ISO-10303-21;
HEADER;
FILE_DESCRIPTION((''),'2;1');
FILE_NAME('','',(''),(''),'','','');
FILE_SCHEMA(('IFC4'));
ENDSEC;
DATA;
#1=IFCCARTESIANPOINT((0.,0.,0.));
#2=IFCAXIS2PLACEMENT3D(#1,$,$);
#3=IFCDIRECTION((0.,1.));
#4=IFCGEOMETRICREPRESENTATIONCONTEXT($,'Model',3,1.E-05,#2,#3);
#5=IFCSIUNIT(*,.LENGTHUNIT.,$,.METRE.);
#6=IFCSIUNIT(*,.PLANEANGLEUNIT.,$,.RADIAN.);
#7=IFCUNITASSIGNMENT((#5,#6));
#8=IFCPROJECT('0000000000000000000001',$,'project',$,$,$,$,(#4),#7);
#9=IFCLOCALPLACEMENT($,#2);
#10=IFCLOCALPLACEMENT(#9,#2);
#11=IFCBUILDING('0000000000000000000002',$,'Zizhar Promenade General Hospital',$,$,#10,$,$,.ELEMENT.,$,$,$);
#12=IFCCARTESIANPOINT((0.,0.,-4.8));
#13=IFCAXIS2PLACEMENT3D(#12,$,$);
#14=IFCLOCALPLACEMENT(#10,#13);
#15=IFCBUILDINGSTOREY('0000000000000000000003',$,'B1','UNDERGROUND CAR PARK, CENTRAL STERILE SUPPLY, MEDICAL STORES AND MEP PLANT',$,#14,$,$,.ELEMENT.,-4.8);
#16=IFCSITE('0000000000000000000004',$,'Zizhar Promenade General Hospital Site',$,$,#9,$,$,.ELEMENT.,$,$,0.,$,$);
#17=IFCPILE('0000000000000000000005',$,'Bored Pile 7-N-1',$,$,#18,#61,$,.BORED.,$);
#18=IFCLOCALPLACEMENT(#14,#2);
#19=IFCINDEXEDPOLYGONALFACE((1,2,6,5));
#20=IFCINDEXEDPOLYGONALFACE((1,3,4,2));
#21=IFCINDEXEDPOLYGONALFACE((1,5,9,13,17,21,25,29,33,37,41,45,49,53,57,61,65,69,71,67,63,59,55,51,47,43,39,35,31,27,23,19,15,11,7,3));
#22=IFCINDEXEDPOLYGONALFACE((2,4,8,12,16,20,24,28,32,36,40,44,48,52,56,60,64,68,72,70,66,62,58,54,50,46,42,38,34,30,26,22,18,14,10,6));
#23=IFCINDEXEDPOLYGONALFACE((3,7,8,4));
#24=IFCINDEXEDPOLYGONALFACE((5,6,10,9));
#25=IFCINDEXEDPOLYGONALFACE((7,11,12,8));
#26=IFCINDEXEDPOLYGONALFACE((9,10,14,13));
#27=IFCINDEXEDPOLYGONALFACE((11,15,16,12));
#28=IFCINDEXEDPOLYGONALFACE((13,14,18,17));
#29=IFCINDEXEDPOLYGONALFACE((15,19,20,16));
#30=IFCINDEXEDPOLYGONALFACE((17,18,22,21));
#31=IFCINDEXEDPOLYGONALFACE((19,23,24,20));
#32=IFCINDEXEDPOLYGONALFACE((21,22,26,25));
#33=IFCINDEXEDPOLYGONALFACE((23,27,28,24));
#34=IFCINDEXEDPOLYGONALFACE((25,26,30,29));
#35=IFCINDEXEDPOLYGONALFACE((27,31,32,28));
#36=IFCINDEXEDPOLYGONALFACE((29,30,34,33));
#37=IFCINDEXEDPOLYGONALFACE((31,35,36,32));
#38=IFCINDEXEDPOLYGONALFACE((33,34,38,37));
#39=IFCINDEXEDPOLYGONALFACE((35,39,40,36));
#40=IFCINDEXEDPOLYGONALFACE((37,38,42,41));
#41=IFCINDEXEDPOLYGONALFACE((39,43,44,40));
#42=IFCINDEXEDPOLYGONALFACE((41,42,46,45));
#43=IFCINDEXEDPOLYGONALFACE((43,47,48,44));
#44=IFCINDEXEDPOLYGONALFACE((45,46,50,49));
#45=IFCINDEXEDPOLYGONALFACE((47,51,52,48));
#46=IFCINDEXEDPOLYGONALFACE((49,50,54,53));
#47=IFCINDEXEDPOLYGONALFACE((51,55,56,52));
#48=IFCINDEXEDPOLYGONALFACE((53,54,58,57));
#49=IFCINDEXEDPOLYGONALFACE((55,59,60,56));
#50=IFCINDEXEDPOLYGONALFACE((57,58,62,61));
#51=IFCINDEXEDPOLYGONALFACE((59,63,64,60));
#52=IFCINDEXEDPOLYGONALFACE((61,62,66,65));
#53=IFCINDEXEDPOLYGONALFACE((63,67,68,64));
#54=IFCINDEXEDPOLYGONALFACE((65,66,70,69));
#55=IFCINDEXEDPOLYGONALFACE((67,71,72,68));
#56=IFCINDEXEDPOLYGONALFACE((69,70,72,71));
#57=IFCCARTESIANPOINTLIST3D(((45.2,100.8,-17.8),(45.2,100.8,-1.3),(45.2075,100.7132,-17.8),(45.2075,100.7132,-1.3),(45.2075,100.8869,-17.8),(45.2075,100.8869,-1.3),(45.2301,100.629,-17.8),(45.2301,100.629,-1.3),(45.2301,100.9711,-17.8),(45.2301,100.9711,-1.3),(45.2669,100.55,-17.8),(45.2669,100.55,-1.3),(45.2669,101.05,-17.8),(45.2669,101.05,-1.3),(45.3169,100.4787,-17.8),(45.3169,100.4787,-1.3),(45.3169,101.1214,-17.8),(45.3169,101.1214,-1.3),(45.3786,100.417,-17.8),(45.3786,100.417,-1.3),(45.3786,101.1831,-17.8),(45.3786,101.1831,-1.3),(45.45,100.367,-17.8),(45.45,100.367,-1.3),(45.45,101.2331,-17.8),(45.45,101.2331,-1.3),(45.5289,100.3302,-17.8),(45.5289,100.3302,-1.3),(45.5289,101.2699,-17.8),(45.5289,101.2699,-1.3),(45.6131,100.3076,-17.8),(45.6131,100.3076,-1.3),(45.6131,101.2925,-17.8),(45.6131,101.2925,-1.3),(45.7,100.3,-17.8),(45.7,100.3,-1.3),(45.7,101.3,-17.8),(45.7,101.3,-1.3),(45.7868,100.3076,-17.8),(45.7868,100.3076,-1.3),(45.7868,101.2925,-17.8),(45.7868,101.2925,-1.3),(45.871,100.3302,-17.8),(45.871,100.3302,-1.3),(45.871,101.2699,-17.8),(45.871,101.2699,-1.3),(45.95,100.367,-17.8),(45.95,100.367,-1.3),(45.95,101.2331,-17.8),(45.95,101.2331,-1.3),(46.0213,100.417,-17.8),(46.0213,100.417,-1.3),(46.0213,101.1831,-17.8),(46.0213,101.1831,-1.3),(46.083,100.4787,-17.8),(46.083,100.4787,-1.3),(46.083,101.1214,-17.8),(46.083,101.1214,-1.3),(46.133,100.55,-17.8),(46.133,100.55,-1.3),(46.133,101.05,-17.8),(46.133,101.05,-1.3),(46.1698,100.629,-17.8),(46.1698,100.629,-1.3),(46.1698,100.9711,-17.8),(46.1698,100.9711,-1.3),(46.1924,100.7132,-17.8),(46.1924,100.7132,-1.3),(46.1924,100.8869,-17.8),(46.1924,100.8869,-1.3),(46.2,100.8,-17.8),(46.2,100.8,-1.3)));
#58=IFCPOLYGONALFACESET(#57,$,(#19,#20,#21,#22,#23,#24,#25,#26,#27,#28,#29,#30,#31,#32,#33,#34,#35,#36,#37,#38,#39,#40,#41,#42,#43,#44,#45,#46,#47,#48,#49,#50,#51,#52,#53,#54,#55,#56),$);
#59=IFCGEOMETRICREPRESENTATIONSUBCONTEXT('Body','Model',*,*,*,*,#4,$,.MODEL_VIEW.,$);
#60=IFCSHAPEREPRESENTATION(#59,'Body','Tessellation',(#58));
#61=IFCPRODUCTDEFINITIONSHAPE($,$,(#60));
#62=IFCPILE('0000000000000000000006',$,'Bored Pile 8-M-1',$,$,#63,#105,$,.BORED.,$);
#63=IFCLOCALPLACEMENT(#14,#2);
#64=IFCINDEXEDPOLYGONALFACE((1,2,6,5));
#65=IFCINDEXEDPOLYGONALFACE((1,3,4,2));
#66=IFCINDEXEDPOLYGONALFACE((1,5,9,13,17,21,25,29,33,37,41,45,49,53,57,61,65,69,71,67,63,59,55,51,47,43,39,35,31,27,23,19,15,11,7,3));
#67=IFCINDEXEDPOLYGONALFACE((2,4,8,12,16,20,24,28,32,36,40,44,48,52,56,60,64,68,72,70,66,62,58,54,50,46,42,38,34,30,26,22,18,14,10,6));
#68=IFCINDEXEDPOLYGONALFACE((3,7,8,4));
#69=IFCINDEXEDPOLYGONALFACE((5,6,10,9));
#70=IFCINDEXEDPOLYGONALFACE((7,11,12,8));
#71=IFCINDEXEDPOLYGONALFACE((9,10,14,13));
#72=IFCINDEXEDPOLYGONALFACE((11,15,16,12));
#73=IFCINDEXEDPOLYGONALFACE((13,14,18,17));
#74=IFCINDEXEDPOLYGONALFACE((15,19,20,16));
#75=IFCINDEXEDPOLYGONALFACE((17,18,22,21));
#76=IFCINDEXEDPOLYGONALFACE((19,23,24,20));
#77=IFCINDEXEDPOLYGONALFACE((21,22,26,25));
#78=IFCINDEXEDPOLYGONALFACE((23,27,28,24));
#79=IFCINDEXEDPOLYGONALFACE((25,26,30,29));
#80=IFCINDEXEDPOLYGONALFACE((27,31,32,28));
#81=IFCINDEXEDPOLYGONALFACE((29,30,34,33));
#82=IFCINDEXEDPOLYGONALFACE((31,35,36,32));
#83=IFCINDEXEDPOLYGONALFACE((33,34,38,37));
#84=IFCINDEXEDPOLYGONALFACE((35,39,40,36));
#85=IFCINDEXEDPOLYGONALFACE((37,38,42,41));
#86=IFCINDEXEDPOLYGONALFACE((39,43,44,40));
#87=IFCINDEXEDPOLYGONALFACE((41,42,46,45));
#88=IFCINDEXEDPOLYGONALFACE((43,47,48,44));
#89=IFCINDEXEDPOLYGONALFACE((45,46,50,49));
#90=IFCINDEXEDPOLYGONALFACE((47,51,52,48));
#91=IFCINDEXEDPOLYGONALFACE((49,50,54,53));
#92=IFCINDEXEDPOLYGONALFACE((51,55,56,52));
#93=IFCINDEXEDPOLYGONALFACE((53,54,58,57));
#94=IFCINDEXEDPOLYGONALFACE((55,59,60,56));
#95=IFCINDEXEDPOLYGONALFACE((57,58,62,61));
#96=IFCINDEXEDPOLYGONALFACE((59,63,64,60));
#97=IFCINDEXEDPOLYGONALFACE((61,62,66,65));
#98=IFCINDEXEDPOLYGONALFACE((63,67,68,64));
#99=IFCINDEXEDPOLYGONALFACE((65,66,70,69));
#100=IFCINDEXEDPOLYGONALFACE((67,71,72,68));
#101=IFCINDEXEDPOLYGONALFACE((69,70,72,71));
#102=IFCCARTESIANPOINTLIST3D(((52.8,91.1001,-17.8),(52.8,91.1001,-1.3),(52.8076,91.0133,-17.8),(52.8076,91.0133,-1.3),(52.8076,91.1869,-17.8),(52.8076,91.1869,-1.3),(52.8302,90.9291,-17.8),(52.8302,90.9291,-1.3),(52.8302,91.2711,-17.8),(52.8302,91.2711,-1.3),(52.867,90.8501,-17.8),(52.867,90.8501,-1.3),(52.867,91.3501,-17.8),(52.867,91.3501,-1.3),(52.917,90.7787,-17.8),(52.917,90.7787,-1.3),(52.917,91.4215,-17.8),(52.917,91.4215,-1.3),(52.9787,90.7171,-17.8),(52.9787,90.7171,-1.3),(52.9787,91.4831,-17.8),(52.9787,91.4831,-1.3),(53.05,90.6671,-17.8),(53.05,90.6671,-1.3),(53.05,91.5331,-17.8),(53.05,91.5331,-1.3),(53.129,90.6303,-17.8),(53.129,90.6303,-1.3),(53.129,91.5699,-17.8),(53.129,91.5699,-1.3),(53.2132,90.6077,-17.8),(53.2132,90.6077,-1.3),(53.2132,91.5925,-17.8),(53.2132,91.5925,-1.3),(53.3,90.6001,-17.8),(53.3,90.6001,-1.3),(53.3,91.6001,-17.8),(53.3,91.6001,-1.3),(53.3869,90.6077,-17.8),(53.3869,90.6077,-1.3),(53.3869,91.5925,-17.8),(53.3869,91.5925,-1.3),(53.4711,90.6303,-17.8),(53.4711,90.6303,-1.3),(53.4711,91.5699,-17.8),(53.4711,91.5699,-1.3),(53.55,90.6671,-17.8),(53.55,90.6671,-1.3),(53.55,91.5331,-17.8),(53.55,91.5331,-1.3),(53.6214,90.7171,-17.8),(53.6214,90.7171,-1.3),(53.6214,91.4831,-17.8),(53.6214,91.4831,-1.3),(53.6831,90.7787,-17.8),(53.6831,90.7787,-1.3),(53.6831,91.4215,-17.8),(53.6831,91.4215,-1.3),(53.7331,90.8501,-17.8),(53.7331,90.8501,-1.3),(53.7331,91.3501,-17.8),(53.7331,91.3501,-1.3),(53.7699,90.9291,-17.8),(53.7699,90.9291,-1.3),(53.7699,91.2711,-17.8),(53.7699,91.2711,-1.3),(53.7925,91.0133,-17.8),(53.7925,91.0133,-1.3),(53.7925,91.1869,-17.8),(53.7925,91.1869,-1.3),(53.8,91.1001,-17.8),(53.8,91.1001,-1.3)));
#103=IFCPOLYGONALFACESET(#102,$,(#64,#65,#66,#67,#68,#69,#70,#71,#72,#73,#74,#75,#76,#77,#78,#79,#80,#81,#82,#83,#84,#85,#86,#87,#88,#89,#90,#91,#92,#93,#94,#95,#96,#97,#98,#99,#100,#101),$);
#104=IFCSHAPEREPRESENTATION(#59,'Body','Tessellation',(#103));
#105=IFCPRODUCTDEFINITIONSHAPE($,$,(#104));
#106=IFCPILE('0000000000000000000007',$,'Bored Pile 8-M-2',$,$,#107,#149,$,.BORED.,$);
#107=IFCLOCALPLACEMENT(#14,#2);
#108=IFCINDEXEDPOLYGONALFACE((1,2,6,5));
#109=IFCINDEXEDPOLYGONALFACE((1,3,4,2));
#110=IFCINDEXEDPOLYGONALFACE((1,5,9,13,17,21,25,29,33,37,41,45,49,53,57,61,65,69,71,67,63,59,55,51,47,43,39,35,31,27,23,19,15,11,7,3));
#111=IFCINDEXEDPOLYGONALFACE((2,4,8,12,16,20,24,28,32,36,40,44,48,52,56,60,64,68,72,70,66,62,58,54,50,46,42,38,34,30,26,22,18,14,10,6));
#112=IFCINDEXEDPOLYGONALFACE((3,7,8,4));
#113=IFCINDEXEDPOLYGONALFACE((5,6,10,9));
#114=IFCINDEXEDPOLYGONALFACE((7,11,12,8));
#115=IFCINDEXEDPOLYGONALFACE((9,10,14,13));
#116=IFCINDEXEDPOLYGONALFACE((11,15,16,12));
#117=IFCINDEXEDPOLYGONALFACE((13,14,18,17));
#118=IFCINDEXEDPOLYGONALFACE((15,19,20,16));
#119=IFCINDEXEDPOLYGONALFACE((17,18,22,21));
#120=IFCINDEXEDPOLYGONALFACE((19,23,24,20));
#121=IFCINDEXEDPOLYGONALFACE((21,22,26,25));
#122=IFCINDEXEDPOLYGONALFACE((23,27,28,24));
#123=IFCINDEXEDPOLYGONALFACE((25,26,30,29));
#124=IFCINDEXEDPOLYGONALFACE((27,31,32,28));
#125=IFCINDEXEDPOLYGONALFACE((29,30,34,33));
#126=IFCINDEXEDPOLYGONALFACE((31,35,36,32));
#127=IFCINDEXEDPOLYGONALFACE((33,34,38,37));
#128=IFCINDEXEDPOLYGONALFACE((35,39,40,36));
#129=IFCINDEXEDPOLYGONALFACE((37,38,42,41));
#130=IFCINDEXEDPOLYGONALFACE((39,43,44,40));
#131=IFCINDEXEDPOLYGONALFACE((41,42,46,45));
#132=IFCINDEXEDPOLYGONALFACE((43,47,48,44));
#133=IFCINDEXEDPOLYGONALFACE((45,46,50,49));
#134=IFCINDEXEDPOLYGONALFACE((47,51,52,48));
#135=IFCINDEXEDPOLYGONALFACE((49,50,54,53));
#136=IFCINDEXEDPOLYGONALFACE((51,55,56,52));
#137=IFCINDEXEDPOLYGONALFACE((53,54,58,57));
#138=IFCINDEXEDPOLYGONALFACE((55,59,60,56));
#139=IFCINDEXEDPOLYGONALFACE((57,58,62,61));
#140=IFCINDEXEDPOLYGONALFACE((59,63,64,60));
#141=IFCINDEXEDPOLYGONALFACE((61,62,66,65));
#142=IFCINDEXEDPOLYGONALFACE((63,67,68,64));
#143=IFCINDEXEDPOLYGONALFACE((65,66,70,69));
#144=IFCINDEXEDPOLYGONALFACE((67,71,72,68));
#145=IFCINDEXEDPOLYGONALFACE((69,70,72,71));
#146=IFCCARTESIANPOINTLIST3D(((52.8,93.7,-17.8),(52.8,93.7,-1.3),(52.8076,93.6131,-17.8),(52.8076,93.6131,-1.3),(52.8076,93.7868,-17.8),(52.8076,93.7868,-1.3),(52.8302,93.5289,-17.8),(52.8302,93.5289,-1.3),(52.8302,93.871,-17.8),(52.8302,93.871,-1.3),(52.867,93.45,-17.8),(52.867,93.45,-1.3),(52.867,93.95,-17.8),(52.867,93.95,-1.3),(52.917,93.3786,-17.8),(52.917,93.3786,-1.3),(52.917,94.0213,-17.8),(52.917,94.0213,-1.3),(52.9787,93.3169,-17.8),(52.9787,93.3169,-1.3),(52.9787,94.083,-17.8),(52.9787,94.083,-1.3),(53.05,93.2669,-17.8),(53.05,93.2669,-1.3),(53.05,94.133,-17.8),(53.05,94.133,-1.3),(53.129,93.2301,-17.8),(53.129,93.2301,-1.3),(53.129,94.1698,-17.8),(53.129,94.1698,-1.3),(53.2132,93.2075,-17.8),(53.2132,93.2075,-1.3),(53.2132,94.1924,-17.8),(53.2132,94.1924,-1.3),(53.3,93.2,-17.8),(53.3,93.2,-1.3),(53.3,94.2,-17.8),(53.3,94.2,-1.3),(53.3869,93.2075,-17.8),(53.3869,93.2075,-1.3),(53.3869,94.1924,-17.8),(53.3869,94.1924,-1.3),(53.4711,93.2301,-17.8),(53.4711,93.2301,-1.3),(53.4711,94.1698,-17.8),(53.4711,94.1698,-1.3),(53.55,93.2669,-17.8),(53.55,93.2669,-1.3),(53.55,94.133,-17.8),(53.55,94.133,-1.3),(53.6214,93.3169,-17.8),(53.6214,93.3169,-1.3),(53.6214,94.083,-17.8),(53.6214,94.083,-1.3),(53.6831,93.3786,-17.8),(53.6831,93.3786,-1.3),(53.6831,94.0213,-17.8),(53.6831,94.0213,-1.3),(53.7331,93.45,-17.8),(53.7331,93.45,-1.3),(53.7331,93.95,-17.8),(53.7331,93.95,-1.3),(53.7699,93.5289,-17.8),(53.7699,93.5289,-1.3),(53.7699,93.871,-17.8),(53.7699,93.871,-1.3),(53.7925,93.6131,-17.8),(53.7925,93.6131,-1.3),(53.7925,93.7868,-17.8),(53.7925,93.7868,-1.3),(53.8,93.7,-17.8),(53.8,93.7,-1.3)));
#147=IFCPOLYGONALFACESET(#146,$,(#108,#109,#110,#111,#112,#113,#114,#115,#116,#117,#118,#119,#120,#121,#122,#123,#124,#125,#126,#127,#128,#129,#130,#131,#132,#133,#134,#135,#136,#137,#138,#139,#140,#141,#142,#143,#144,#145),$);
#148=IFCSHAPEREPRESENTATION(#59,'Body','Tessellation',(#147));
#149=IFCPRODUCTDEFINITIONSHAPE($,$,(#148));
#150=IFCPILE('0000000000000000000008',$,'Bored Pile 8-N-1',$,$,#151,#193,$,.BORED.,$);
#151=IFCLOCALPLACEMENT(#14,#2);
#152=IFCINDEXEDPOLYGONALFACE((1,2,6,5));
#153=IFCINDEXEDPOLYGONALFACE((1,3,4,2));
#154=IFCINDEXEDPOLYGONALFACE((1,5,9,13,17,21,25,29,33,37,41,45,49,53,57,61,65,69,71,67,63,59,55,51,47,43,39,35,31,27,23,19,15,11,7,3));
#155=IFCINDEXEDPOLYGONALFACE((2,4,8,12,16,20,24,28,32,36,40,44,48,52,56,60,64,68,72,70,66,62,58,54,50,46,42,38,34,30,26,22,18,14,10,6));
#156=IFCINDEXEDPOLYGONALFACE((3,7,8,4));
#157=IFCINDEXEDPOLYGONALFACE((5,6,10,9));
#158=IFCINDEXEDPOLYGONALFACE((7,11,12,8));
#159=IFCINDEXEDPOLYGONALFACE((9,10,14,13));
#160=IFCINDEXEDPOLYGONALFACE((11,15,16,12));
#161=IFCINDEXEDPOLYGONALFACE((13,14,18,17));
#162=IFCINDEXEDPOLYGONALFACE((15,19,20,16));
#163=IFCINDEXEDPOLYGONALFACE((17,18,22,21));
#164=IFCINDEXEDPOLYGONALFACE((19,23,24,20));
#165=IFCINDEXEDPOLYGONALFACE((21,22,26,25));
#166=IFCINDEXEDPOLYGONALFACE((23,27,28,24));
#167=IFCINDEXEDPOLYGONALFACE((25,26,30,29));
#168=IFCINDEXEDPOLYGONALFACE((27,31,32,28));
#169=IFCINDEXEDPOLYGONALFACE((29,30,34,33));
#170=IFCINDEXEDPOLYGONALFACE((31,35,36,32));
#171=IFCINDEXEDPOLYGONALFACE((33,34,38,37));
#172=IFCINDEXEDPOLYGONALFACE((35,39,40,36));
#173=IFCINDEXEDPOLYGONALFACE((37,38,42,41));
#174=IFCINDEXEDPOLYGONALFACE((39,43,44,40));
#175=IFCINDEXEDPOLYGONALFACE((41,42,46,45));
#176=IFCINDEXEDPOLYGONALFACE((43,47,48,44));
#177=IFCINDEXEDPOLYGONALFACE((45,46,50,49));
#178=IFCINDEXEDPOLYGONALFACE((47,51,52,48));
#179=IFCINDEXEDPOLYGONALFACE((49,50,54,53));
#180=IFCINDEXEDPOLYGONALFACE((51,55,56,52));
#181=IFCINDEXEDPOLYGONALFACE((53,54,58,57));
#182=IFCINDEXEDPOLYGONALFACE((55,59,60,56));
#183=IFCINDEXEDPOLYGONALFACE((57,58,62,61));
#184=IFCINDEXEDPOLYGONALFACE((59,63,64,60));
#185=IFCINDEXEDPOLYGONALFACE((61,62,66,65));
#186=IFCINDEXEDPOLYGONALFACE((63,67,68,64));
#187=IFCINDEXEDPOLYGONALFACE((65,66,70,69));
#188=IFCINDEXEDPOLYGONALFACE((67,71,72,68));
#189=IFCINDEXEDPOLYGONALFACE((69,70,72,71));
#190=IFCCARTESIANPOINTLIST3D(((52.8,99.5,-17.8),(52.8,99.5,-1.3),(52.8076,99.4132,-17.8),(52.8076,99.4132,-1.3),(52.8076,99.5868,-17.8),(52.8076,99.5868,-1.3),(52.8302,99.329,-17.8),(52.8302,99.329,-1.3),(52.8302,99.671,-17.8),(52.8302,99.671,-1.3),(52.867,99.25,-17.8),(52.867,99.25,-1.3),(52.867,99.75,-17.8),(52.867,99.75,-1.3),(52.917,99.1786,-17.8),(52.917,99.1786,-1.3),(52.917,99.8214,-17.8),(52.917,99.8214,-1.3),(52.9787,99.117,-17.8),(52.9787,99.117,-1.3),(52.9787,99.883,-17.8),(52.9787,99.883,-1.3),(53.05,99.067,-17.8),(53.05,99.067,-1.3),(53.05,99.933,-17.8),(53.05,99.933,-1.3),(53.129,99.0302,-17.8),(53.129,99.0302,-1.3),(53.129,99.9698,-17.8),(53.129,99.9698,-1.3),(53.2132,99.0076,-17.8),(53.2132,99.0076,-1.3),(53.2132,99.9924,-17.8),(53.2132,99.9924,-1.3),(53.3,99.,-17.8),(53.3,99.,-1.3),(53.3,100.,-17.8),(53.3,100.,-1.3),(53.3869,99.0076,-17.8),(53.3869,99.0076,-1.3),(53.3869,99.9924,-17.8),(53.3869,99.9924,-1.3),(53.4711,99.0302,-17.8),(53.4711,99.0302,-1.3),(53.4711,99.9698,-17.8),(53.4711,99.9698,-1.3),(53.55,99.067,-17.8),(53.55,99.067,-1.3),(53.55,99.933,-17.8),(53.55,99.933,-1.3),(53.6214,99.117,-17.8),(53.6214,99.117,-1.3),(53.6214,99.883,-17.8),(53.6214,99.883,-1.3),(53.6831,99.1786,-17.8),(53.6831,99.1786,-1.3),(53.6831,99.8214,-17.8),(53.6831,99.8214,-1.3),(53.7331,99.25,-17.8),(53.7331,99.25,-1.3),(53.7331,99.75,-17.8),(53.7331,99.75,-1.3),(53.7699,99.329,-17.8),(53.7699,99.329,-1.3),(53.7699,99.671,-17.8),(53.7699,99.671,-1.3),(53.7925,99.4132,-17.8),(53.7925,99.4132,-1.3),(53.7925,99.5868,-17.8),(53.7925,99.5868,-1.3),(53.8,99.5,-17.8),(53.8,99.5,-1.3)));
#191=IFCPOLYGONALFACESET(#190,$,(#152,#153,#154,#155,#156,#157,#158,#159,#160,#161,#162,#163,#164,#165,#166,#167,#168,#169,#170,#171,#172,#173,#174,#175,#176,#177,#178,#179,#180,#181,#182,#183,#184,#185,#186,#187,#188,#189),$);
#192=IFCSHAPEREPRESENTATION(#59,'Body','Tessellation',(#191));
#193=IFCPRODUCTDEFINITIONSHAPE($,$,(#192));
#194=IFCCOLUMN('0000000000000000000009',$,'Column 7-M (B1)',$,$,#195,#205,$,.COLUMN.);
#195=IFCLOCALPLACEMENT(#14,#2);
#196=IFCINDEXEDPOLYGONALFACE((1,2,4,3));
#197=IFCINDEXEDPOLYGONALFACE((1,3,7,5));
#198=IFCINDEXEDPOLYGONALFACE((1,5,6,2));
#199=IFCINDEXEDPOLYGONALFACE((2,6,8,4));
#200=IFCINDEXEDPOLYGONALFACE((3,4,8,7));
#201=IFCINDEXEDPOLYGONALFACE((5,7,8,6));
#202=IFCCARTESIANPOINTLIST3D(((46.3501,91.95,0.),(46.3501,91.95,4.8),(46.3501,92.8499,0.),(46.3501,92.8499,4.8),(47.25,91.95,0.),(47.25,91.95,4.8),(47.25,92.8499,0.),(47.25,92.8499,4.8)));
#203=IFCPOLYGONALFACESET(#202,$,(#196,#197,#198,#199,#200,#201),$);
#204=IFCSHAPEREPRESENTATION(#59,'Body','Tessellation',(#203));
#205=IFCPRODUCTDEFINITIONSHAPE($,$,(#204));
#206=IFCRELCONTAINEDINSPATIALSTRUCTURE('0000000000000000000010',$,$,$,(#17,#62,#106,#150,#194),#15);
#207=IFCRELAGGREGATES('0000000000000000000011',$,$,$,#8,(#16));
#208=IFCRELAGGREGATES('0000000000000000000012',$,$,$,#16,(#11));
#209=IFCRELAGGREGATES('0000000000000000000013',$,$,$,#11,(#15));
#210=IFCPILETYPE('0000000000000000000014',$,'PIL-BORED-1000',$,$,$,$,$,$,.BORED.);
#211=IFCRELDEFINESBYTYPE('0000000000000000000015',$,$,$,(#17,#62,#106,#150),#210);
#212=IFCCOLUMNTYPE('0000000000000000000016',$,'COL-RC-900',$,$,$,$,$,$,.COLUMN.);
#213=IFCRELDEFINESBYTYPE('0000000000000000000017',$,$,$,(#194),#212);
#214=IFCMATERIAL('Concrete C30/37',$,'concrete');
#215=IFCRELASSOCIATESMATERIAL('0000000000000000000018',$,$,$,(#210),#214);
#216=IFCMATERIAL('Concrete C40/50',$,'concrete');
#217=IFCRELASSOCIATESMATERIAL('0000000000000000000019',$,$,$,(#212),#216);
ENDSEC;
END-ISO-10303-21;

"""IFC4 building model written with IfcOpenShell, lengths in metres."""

from ifc_helpers import new_model, si_unit, direction, frame, origin, origin_2d, place, context, subcontext, project, spatial, rectangle, circle, extrude, material, material_profile, profile_set, type_object, element, save


model = new_model("IFC4")

# Units and contexts
model_context = context("Model", 3, precision=1e-05, world=origin(), true_north=direction((0.0, 1.0)))
body_context = subcontext(model_context, "Body", "Model", "MODEL_VIEW")
ifc_project = project(units=[si_unit("LENGTHUNIT", "METRE"), si_unit("PLANEANGLEUNIT", "RADIAN")], contexts=[model_context])

# Site, building, storey
site_placement = place(None, origin())
site = spatial("IfcSite", under=ifc_project, at=site_placement, Name="Zizhar Promenade General Hospital Site", CompositionType="ELEMENT", RefElevation=0.0)
building_placement = place(site_placement, origin())
building = spatial("IfcBuilding", under=site, at=building_placement, Name="Zizhar Promenade General Hospital", CompositionType="ELEMENT")
storey_placement = place(building_placement, frame((0.0, 0.0, -4.8)))
storey = spatial("IfcBuildingStorey", under=building, at=storey_placement, Name="B1", Description="UNDERGROUND CAR PARK, CENTRAL STERILE SUPPLY, MEDICAL STORES AND MEP PLANT", CompositionType="ELEMENT", Elevation=-4.8)

# Piles
ifc_material_1 = material(Name="Concrete C30/37", Category="concrete")
ifc_material_profile_1 = material_profile(ifc_material_1, circle(Radius=0.5, at=origin_2d()))
ifc_profile_set_1 = profile_set([ifc_material_profile_1], Name="Concrete C30/37")
pile_type = type_object("IfcPileType", Name="PIL-BORED-1000", PredefinedType="BORED", material=ifc_profile_set_1)
for number, where, z_axis, x_axis, name in (
    (1, (45.7, 100.8, -1.3), (0.0, 0.0, -1.0), (1.0, 0.0, 0.0), "Bored Pile 7-N-1"),
    (2, (53.3, 91.1001, -1.3), (0.0, 0.0, -1.0), (1.0, 0.0, 0.0), "Bored Pile 8-M-1"),
    (3, (53.3, 93.7, -1.3), (0.0, 0.0, -1.0), (1.0, 0.0, 0.0), "Bored Pile 8-M-2"),
    (4, (53.3, 99.5, -1.3), (0.0, 0.0, -1.0), (1.0, 0.0, 0.0), "Bored Pile 8-N-1"),
):
    element("IfcPile", number, at=place(storey_placement, frame(where, z_axis=z_axis, x_axis=x_axis)), inside=storey, type_object=pile_type, Name=name, PredefinedType="BORED", context=body_context, shape_type="SweptSolid", body=[
        extrude(circle(Radius=0.5, at=origin_2d()), origin(), (0.0, 0.0, 1.0), 16.5),
    ])

# Column
ifc_material_2 = material(Name="Concrete C40/50", Category="concrete")
ifc_material_profile_2 = material_profile(ifc_material_2, rectangle(XDim=0.8999, YDim=0.8999, at=origin_2d()))
ifc_profile_set_2 = profile_set([ifc_material_profile_2], Name="Concrete C40/50")
column_type = type_object("IfcColumnType", Name="COL-RC-900", PredefinedType="COLUMN", material=ifc_profile_set_2)
for number, where, z_axis, x_axis, name in (
    (5, (46.8, 92.3999, 0.0), (0.0, 0.0, 1.0), (1.0, 0.0, 0.0), "Column 7-M (B1)"),
):
    element("IfcColumn", number, at=place(storey_placement, frame(where, z_axis=z_axis, x_axis=x_axis)), inside=storey, type_object=column_type, Name=name, PredefinedType="COLUMN", context=body_context, shape_type="SweptSolid", body=[
        extrude(rectangle(XDim=0.8999, YDim=0.8999, at=origin_2d()), origin(), (0.0, 0.0, 1.0), 4.8),
    ])

save(model, "model.ifc")
